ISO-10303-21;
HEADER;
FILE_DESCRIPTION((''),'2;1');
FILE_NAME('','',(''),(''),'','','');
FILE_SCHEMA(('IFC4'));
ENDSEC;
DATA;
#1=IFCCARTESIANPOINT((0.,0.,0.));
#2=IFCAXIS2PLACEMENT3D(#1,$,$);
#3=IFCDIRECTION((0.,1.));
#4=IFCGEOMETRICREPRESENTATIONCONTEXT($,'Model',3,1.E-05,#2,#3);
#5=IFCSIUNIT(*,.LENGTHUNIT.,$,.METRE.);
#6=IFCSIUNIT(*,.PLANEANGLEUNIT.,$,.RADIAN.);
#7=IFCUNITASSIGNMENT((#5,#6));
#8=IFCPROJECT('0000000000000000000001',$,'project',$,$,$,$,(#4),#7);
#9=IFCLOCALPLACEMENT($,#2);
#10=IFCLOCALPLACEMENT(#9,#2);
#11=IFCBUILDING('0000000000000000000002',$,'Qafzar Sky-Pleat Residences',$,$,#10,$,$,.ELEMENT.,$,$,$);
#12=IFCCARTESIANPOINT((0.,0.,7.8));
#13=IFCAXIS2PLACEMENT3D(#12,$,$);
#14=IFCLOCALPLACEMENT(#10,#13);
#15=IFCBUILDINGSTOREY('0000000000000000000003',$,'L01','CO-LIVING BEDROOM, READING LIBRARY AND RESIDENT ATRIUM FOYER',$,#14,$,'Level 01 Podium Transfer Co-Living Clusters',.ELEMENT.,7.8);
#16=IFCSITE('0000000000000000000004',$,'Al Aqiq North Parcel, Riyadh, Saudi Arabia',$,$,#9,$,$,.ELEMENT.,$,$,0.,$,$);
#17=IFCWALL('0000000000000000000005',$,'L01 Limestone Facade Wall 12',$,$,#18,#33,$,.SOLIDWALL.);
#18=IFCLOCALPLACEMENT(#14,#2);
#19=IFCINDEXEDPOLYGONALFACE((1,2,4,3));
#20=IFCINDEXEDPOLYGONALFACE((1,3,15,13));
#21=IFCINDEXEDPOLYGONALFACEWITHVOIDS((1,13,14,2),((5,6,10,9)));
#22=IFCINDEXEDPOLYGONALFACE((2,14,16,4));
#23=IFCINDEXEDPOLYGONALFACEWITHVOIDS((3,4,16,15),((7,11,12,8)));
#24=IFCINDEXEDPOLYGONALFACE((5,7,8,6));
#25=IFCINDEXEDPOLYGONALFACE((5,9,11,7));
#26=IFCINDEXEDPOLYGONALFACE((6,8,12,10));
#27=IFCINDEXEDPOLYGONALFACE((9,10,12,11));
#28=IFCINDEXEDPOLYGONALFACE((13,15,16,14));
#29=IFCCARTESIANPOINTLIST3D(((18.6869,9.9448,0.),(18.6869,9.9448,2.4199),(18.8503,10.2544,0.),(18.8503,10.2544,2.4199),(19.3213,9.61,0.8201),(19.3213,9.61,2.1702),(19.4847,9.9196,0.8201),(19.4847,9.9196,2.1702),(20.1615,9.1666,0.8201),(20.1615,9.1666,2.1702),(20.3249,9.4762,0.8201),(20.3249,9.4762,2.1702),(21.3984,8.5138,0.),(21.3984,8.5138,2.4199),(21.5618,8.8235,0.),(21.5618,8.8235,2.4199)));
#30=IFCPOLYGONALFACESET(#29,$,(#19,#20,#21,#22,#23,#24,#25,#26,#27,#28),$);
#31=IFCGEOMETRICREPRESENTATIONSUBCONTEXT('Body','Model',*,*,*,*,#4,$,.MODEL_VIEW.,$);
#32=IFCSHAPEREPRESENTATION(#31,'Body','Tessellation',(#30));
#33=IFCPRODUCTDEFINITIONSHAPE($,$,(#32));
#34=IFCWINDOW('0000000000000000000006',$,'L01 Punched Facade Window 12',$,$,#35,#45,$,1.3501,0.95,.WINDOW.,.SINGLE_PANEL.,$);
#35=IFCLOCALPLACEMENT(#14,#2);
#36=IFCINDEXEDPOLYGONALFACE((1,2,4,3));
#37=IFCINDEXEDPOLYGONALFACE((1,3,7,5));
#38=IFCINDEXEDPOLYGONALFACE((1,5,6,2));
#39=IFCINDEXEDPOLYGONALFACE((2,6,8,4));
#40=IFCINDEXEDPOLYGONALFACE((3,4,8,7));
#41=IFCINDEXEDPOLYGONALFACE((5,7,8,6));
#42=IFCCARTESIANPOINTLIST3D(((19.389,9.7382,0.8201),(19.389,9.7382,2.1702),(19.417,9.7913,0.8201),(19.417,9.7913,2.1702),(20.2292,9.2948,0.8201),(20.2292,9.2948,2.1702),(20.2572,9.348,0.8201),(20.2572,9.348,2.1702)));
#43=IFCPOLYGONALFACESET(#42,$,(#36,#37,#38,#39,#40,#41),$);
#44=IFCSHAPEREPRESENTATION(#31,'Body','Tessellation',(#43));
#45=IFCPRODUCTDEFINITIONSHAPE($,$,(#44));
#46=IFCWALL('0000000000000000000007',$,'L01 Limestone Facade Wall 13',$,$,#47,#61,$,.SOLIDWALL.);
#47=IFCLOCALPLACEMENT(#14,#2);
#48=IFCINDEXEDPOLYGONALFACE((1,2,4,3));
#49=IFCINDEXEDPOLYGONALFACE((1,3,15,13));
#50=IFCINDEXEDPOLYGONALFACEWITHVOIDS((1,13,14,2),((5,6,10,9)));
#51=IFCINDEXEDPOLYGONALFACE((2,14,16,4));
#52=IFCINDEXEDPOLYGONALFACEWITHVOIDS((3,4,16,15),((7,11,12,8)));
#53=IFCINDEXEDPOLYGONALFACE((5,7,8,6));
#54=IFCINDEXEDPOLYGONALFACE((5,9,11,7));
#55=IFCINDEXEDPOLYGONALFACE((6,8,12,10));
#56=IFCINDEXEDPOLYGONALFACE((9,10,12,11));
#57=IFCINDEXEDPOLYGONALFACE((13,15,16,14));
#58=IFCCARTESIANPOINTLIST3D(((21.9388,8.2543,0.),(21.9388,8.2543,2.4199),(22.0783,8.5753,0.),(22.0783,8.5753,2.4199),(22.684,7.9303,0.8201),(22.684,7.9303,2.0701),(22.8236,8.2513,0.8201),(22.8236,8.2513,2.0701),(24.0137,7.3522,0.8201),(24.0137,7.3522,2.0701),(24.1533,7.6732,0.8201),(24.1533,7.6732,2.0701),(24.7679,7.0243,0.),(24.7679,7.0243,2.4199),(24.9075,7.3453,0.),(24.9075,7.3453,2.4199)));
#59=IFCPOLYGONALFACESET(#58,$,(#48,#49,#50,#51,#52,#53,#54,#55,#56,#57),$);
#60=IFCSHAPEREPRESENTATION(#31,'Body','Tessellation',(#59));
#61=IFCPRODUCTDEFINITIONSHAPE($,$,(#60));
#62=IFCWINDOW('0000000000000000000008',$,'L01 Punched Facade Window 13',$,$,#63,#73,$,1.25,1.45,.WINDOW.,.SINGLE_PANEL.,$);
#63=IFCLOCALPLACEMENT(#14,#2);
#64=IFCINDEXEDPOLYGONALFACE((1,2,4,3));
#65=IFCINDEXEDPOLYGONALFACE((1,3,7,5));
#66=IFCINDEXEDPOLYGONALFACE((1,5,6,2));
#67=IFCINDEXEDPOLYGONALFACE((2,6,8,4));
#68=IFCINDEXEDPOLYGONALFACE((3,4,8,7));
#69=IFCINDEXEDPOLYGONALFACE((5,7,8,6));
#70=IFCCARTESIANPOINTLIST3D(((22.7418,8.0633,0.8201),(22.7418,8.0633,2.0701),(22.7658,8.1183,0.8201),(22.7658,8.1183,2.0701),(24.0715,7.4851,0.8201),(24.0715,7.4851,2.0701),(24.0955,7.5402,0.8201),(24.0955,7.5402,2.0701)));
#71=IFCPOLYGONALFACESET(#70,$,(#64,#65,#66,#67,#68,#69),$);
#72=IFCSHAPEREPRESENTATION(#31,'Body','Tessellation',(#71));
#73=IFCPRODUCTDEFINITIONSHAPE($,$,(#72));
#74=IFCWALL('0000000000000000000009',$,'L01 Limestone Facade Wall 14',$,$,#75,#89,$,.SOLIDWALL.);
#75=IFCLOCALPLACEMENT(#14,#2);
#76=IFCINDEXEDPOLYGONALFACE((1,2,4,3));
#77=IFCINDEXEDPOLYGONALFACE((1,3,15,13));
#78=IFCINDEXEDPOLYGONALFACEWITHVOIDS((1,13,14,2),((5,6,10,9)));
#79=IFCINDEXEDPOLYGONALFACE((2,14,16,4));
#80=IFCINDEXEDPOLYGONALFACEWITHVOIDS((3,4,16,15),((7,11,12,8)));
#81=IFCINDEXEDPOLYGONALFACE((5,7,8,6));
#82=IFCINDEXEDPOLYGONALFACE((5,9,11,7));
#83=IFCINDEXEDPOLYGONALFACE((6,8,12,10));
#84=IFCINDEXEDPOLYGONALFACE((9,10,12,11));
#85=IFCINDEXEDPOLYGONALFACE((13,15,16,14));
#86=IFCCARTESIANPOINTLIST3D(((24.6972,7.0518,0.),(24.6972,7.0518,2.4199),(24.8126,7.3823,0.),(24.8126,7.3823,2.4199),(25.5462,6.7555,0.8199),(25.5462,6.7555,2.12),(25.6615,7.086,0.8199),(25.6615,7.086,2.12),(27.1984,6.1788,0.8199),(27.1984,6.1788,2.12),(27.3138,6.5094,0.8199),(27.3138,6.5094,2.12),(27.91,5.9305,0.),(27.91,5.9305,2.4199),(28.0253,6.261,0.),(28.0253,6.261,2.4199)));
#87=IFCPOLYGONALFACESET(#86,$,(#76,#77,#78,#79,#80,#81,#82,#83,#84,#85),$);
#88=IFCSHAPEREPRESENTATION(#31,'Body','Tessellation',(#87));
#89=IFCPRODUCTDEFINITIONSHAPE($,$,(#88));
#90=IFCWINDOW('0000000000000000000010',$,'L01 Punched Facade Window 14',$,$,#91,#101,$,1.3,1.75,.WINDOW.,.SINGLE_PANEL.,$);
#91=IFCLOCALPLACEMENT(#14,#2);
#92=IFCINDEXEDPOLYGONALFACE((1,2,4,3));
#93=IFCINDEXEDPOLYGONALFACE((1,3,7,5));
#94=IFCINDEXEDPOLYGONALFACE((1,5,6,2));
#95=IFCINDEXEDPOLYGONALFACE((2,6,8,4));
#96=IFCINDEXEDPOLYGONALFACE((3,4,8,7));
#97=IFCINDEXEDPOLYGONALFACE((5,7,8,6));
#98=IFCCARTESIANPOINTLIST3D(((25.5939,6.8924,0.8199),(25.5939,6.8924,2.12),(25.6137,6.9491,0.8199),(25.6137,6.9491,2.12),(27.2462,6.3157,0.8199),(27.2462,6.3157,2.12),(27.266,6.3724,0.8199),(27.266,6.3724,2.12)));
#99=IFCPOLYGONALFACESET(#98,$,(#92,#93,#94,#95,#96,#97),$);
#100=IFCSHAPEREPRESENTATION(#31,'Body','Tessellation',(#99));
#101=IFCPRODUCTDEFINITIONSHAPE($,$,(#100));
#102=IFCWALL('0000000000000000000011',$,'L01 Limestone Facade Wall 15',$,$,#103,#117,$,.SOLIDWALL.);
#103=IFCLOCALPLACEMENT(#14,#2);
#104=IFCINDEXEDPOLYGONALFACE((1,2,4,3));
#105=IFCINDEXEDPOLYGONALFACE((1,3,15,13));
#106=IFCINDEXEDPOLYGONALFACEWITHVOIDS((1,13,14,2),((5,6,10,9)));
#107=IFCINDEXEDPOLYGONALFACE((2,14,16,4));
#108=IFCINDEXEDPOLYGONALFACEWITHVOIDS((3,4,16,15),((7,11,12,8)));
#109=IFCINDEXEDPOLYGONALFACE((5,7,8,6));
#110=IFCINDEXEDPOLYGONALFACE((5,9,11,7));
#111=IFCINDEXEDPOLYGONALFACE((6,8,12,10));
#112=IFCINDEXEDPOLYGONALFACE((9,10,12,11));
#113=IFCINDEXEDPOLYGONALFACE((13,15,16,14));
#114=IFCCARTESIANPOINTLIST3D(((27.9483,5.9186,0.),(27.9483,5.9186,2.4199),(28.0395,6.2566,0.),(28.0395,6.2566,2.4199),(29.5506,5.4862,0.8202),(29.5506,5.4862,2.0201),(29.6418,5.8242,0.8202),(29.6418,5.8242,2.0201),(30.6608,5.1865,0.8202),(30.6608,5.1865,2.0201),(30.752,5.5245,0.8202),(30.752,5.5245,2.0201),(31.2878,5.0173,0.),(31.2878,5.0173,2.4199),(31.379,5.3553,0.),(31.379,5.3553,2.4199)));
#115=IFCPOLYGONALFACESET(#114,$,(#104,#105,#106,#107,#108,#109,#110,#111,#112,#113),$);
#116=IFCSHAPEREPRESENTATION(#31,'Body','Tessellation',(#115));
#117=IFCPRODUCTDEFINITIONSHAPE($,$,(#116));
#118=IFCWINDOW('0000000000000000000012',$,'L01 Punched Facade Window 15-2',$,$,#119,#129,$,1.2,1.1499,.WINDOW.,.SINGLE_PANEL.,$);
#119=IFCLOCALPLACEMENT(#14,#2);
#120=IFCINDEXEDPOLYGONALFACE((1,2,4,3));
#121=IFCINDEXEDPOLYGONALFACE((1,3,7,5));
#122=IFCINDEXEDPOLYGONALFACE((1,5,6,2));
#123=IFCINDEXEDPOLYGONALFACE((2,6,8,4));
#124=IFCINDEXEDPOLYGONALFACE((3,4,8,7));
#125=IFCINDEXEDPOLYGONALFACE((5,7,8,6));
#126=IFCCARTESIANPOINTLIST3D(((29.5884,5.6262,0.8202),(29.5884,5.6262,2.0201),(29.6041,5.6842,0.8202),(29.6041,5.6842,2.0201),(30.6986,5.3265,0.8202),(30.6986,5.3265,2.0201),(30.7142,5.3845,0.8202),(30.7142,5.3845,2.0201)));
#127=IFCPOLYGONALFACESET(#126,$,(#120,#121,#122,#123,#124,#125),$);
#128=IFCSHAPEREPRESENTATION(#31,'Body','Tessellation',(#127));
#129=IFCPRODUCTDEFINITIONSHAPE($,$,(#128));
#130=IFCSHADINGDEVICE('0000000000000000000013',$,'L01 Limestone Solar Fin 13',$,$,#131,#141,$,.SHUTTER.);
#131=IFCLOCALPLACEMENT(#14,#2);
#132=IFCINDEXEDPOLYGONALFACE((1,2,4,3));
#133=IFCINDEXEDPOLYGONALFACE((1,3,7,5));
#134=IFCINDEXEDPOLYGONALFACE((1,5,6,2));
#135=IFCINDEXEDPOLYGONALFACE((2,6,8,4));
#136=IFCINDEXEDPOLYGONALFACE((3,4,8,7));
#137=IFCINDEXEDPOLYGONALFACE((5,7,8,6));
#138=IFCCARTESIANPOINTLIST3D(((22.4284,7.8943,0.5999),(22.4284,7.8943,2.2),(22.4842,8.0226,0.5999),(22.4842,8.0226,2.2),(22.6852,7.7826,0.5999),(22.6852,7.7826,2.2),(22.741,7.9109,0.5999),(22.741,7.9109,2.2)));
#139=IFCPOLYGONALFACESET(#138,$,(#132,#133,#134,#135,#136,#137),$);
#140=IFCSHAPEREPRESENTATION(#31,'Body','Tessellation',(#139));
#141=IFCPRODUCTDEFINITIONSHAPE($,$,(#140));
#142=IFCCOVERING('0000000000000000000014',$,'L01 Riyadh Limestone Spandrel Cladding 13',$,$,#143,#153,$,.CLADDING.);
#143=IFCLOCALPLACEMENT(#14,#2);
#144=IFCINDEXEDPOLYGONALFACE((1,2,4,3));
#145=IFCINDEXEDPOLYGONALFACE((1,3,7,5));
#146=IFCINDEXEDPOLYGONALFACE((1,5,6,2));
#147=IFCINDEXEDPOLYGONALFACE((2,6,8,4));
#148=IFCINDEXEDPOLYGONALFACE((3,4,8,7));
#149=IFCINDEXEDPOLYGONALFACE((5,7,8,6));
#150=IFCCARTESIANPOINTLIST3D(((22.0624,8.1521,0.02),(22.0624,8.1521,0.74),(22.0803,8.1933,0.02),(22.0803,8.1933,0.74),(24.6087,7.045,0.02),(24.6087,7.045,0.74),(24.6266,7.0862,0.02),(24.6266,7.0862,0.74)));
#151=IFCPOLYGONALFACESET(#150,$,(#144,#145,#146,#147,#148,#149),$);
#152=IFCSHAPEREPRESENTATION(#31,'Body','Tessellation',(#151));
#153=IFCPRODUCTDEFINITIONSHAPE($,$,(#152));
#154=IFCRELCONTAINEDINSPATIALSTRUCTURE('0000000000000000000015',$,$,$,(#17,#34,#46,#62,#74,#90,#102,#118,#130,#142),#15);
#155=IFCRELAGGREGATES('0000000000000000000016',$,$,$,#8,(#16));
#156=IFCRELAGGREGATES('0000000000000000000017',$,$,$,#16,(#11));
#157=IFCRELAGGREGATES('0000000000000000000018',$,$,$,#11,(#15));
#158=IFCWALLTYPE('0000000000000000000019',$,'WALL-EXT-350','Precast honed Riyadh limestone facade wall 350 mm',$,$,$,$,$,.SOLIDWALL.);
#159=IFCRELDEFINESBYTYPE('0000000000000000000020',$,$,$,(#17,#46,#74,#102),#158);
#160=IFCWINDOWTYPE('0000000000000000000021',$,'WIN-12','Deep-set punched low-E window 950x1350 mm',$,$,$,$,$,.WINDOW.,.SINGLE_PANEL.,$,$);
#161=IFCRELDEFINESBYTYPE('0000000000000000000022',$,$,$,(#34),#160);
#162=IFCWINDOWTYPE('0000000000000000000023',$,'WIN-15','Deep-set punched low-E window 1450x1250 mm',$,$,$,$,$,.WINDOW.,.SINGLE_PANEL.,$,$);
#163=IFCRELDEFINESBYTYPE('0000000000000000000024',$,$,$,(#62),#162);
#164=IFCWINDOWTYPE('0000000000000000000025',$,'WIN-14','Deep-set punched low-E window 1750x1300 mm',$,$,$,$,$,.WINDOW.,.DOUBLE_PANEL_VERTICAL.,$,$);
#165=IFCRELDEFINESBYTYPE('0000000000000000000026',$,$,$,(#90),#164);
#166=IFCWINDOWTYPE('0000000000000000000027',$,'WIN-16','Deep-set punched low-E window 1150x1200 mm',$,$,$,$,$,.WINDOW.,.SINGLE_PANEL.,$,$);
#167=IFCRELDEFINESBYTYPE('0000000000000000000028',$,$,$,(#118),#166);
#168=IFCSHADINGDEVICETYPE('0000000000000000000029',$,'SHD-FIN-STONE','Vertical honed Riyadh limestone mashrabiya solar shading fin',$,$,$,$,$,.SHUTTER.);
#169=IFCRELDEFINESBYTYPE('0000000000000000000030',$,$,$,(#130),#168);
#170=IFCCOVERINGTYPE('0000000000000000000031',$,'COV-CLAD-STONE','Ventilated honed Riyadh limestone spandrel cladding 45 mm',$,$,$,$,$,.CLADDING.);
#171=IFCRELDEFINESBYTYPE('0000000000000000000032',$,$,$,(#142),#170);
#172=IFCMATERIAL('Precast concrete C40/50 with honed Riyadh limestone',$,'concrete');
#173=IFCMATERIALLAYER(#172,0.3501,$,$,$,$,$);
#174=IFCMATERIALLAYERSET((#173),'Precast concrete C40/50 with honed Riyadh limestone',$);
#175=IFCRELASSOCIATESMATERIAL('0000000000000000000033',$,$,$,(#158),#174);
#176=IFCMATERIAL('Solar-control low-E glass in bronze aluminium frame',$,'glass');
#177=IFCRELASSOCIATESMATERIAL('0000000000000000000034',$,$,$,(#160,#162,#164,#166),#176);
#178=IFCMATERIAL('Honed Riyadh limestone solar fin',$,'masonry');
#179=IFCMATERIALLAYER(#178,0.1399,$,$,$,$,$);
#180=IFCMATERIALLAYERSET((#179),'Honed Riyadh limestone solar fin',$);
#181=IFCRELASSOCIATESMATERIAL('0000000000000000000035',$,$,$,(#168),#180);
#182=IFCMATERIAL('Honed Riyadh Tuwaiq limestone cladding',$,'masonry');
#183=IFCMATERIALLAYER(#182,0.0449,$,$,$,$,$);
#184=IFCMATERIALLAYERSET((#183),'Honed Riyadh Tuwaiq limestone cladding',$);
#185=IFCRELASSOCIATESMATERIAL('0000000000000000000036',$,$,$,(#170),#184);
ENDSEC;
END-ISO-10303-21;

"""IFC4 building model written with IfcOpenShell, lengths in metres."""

from ifc_helpers import new_model, si_unit, direction, frame, frame_2d, origin, origin_2d, place, context, subcontext, project, spatial, rectangle, extrude, source, transform, mapped, material, layer, layer_set, type_object, element, fill, save


model = new_model("IFC4")

# Units and contexts
model_context = context("Model", 3, precision=1e-05, world=origin(), true_north=direction((0.0, 1.0)))
body_context = subcontext(model_context, "Body", "Model", "MODEL_VIEW")
ifc_project = project(units=[si_unit("LENGTHUNIT", "METRE"), si_unit("PLANEANGLEUNIT", "RADIAN")], contexts=[model_context])

# Site, building, storey
site_placement = place(None, origin())
site = spatial("IfcSite", under=ifc_project, at=site_placement, Name="Al Aqiq North Parcel, Riyadh, Saudi Arabia", CompositionType="ELEMENT", RefElevation=0.0)
building_placement = place(site_placement, origin())
building = spatial("IfcBuilding", under=site, at=building_placement, Name="Qafzar Sky-Pleat Residences", CompositionType="ELEMENT")
storey_placement = place(building_placement, frame((0.0, 0.0, 7.8)))
storey = spatial("IfcBuildingStorey", under=building, at=storey_placement, Name="L01", Description="CO-LIVING BEDROOM, READING LIBRARY AND RESIDENT ATRIUM FOYER", LongName="Level 01 Podium Transfer Co-Living Clusters", CompositionType="ELEMENT", Elevation=7.8)

# Walls, openings, windows
ifc_material_1 = material(Name="Precast concrete C40/50 with honed Riyadh limestone", Category="concrete")
ifc_layer_1 = layer(ifc_material_1, 0.3501)
ifc_layer_set_1 = layer_set([ifc_layer_1], Name="Precast concrete C40/50 with honed Riyadh limestone")
wall_type_1 = type_object("IfcWallType", Name="WALL-EXT-350", Description="Precast honed Riyadh limestone facade wall 350 mm", PredefinedType="SOLIDWALL", material=ifc_layer_set_1)
wall_1_placement = place(storey_placement, frame((18.7686, 10.0996, 0.0), z_axis=(0.0, 0.0, 1.0), x_axis=(0.884401, -0.466727, 0.0)))
wall_1 = element("IfcWall", 1, at=wall_1_placement, inside=storey, type_object=wall_type_1, Name="L01 Limestone Facade Wall 12", PredefinedType="SOLIDWALL", context=body_context, shape_type="SweptSolid", body=[
    extrude(rectangle(XDim=3.0659, YDim=0.3501, at=frame_2d((1.533, 0.0))), origin(), (0.0, 0.0, 1.0), 2.4199),
])
opening_1_placement = place(wall_1_placement, frame((0.7173, 0.0, 0.8201)))
opening_1 = element("IfcOpeningElement", 2, at=opening_1_placement, cuts=wall_1, PredefinedType="OPENING", context=body_context, shape_type="SweptSolid", body=[
    extrude(rectangle(XDim=0.95, YDim=1.3501, at=frame_2d((0.4751, 0.675))), frame((0.0, 0.1851, 0.0), z_axis=(0.0, -1.0, 0.0), x_axis=(1.0, 0.0, 0.0)), (0.0, 0.0, 1.0), 0.3701),
])
ifc_material_2 = material(Name="Solar-control low-E glass in bronze aluminium frame", Category="glass")
window_type_1 = type_object("IfcWindowType", Name="WIN-12", Description="Deep-set punched low-E window 950x1350 mm", PartitioningType="SINGLE_PANEL", PredefinedType="WINDOW", material=ifc_material_2)
shared_shape_1 = source(origin(), body_context, "Body", "SweptSolid", [
    extrude(rectangle(XDim=0.95, YDim=1.3501, at=frame_2d((0.4751, 0.675))), frame((0.0, 0.03, 0.0), z_axis=(0.0, -1.0, 0.0), x_axis=(1.0, 0.0, 0.0)), (0.0, 0.0, 1.0), 0.0601),
])
window_1_placement = place(opening_1_placement, origin())
window_1 = element("IfcWindow", 3, at=window_1_placement, inside=storey, type_object=window_type_1, Name="L01 Punched Facade Window 12", OverallHeight=1.3501, OverallWidth=0.95, PartitioningType="SINGLE_PANEL", PredefinedType="WINDOW", context=body_context, shape_type="MappedRepresentation", body=[
    mapped(shared_shape_1, transform((0.0, 0.0, 0.0), x_axis=(1.0, 0.0, 0.0), y_axis=(0.0, 1.0, 0.0), z_axis=(0.0, 0.0, 1.0), scale=1.0)),
])
fill(opening_1, window_1)
wall_2_placement = place(storey_placement, frame((22.0085, 8.4148, 0.0), z_axis=(0.0, 0.0, 1.0), x_axis=(0.917078, -0.398709, 0.0)))
wall_2 = element("IfcWall", 4, at=wall_2_placement, inside=storey, type_object=wall_type_1, Name="L01 Limestone Facade Wall 13", PredefinedType="SOLIDWALL", context=body_context, shape_type="SweptSolid", body=[
    extrude(rectangle(XDim=3.085, YDim=0.3501, at=frame_2d((1.5425, 0.0))), origin(), (0.0, 0.0, 1.0), 2.4199),
])
opening_2_placement = place(wall_2_placement, frame((0.8125, 0.0, 0.8201)))
opening_2 = element("IfcOpeningElement", 5, at=opening_2_placement, cuts=wall_2, PredefinedType="OPENING", context=body_context, shape_type="SweptSolid", body=[
    extrude(rectangle(XDim=1.45, YDim=1.25, at=frame_2d((0.7251, 0.625))), frame((0.0, 0.1851, 0.0), z_axis=(0.0, -1.0, 0.0), x_axis=(1.0, 0.0, 0.0)), (0.0, 0.0, 1.0), 0.3701),
])
window_type_2 = type_object("IfcWindowType", Name="WIN-15", Description="Deep-set punched low-E window 1450x1250 mm", PartitioningType="SINGLE_PANEL", PredefinedType="WINDOW", material=ifc_material_2)
shared_shape_2 = source(origin(), body_context, "Body", "SweptSolid", [
    extrude(rectangle(XDim=1.45, YDim=1.25, at=frame_2d((0.7251, 0.625))), frame((0.0, 0.03, 0.0), z_axis=(0.0, -1.0, 0.0), x_axis=(1.0, 0.0, 0.0)), (0.0, 0.0, 1.0), 0.0601),
])
window_2_placement = place(opening_2_placement, origin())
window_2 = element("IfcWindow", 6, at=window_2_placement, inside=storey, type_object=window_type_2, Name="L01 Punched Facade Window 13", OverallHeight=1.25, OverallWidth=1.45, PartitioningType="SINGLE_PANEL", PredefinedType="WINDOW", context=body_context, shape_type="MappedRepresentation", body=[
    mapped(shared_shape_2, transform((0.0, 0.0, 0.0), x_axis=(1.0, 0.0, 0.0), y_axis=(0.0, 1.0, 0.0), z_axis=(0.0, 0.0, 1.0), scale=1.0)),
])
fill(opening_2, window_2)
wall_3_placement = place(storey_placement, frame((24.7549, 7.217, 0.0), z_axis=(0.0, 0.0, 1.0), x_axis=(0.944149, -0.329519, 0.0)))
wall_3 = element("IfcWall", 7, at=wall_3_placement, inside=storey, type_object=wall_type_1, Name="L01 Limestone Facade Wall 14", PredefinedType="SOLIDWALL", context=body_context, shape_type="SweptSolid", body=[
    extrude(rectangle(XDim=3.4028, YDim=0.3501, at=frame_2d((1.7014, 0.0))), origin(), (0.0, 0.0, 1.0), 2.4199),
])
opening_3_placement = place(wall_3_placement, frame((0.8992, 0.0, 0.8201)))
opening_3 = element("IfcOpeningElement", 8, at=opening_3_placement, cuts=wall_3, PredefinedType="OPENING", context=body_context, shape_type="SweptSolid", body=[
    extrude(rectangle(XDim=1.75, YDim=1.3, at=frame_2d((0.875, 0.6499))), frame((0.0, 0.1851, 0.0), z_axis=(0.0, -1.0, 0.0), x_axis=(1.0, 0.0, 0.0)), (0.0, 0.0, 1.0), 0.3701),
])
window_type_3 = type_object("IfcWindowType", Name="WIN-14", Description="Deep-set punched low-E window 1750x1300 mm", PartitioningType="DOUBLE_PANEL_VERTICAL", PredefinedType="WINDOW", material=ifc_material_2)
shared_shape_3 = source(origin(), body_context, "Body", "SweptSolid", [
    extrude(rectangle(XDim=1.75, YDim=1.3, at=frame_2d((0.875, 0.6499))), frame((0.0, 0.03, 0.0), z_axis=(0.0, -1.0, 0.0), x_axis=(1.0, 0.0, 0.0)), (0.0, 0.0, 1.0), 0.0601),
])
window_3_placement = place(opening_3_placement, origin())
window_3 = element("IfcWindow", 9, at=window_3_placement, inside=storey, type_object=window_type_3, Name="L01 Punched Facade Window 14", OverallHeight=1.3, OverallWidth=1.75, PartitioningType="SINGLE_PANEL", PredefinedType="WINDOW", context=body_context, shape_type="MappedRepresentation", body=[
    mapped(shared_shape_3, transform((0.0, 0.0, 0.0), x_axis=(1.0, 0.0, 0.0), y_axis=(0.0, 1.0, 0.0), z_axis=(0.0, 0.0, 1.0), scale=1.0)),
])
fill(opening_3, window_3)
wall_4_placement = place(storey_placement, frame((27.9939, 6.0876, 0.0), z_axis=(0.0, 0.0, 1.0), x_axis=(0.965453, -0.260578, 0.0)))
wall_4 = element("IfcWall", 10, at=wall_4_placement, inside=storey, type_object=wall_type_1, Name="L01 Limestone Facade Wall 15", PredefinedType="SOLIDWALL", context=body_context, shape_type="SweptSolid", body=[
    extrude(rectangle(XDim=3.459, YDim=0.3501, at=frame_2d((1.7295, 0.0))), origin(), (0.0, 0.0, 1.0), 2.4199),
])
opening_4_placement = place(wall_4_placement, frame((1.6597, 0.0, 0.8201)))
opening_4 = element("IfcOpeningElement", 11, at=opening_4_placement, cuts=wall_4, PredefinedType="OPENING", context=body_context, shape_type="SweptSolid", body=[
    extrude(rectangle(XDim=1.1499, YDim=1.2, at=frame_2d((0.575, 0.6001))), frame((0.0, 0.1851, 0.0), z_axis=(0.0, -1.0, 0.0), x_axis=(1.0, 0.0, 0.0)), (0.0, 0.0, 1.0), 0.3701),
])
window_type_4 = type_object("IfcWindowType", Name="WIN-16", Description="Deep-set punched low-E window 1150x1200 mm", PartitioningType="SINGLE_PANEL", PredefinedType="WINDOW", material=ifc_material_2)
shared_shape_4 = source(origin(), body_context, "Body", "SweptSolid", [
    extrude(rectangle(XDim=1.1499, YDim=1.2, at=frame_2d((0.575, 0.6001))), frame((0.0, 0.03, 0.0), z_axis=(0.0, -1.0, 0.0), x_axis=(1.0, 0.0, 0.0)), (0.0, 0.0, 1.0), 0.0601),
])
window_4_placement = place(opening_4_placement, origin())
window_4 = element("IfcWindow", 12, at=window_4_placement, inside=storey, type_object=window_type_4, Name="L01 Punched Facade Window 15-2", OverallHeight=1.2, OverallWidth=1.1499, PartitioningType="SINGLE_PANEL", PredefinedType="WINDOW", context=body_context, shape_type="MappedRepresentation", body=[
    mapped(shared_shape_4, transform((0.0, 0.0, 0.0), x_axis=(1.0, 0.0, 0.0), y_axis=(0.0, 1.0, 0.0), z_axis=(0.0, 0.0, 1.0), scale=1.0)),
])
fill(opening_4, window_4)

# Shading device
ifc_material_3 = material(Name="Honed Riyadh limestone solar fin", Category="masonry")
ifc_layer_2 = layer(ifc_material_3, 0.1399)
ifc_layer_set_2 = layer_set([ifc_layer_2], Name="Honed Riyadh limestone solar fin")
shading_device_type = type_object("IfcShadingDeviceType", Name="SHD-FIN-STONE", Description="Vertical honed Riyadh limestone mashrabiya solar shading fin", PredefinedType="SHUTTER", material=ifc_layer_set_2)
shared_shape_5 = source(origin(), body_context, "Body", "SweptSolid", [
    extrude(rectangle(XDim=0.1399, YDim=0.28, at=origin_2d()), origin(), (0.0, 0.0, 1.0), 1.6001),
])
shading_device_placement = place(storey_placement, frame((22.5847, 7.9026, 0.5999), z_axis=(0.0, 0.0, 1.0), x_axis=(-0.39871, -0.917077, 0.0)))
element("IfcShadingDevice", 13, at=shading_device_placement, inside=storey, type_object=shading_device_type, Name="L01 Limestone Solar Fin 13", PredefinedType="SHUTTER", context=body_context, shape_type="MappedRepresentation", body=[
    mapped(shared_shape_5, transform((0.0, 0.0, 0.0), x_axis=(1.0, 0.0, 0.0), y_axis=(0.0, 1.0, 0.0), z_axis=(0.0, 0.0, 1.0), scale=1.0)),
])

# Covering
ifc_material_4 = material(Name="Honed Riyadh Tuwaiq limestone cladding", Category="masonry")
ifc_layer_3 = layer(ifc_material_4, 0.0449)
ifc_layer_set_3 = layer_set([ifc_layer_3], Name="Honed Riyadh Tuwaiq limestone cladding")
covering_type = type_object("IfcCoveringType", Name="COV-CLAD-STONE", Description="Ventilated honed Riyadh limestone spandrel cladding 45 mm", PredefinedType="CLADDING", material=ifc_layer_set_3)
shared_shape_6 = source(origin(), body_context, "Body", "SweptSolid", [
    extrude(rectangle(XDim=2.7766, YDim=0.0449, at=origin_2d()), origin(), (0.0, 0.0, 1.0), 0.72),
])
covering_placement = place(storey_placement, frame((23.3445, 7.6191, 0.02), z_axis=(0.0, 0.0, 1.0), x_axis=(0.917069, -0.39873, 0.0)))
element("IfcCovering", 14, at=covering_placement, inside=storey, type_object=covering_type, Name="L01 Riyadh Limestone Spandrel Cladding 13", PredefinedType="CLADDING", context=body_context, shape_type="MappedRepresentation", body=[
    mapped(shared_shape_6, transform((0.0, 0.0, 0.0), x_axis=(1.0, 0.0, 0.0), y_axis=(0.0, 1.0, 0.0), z_axis=(0.0, 0.0, 1.0), scale=1.0)),
])

save(model, "model.ifc")
